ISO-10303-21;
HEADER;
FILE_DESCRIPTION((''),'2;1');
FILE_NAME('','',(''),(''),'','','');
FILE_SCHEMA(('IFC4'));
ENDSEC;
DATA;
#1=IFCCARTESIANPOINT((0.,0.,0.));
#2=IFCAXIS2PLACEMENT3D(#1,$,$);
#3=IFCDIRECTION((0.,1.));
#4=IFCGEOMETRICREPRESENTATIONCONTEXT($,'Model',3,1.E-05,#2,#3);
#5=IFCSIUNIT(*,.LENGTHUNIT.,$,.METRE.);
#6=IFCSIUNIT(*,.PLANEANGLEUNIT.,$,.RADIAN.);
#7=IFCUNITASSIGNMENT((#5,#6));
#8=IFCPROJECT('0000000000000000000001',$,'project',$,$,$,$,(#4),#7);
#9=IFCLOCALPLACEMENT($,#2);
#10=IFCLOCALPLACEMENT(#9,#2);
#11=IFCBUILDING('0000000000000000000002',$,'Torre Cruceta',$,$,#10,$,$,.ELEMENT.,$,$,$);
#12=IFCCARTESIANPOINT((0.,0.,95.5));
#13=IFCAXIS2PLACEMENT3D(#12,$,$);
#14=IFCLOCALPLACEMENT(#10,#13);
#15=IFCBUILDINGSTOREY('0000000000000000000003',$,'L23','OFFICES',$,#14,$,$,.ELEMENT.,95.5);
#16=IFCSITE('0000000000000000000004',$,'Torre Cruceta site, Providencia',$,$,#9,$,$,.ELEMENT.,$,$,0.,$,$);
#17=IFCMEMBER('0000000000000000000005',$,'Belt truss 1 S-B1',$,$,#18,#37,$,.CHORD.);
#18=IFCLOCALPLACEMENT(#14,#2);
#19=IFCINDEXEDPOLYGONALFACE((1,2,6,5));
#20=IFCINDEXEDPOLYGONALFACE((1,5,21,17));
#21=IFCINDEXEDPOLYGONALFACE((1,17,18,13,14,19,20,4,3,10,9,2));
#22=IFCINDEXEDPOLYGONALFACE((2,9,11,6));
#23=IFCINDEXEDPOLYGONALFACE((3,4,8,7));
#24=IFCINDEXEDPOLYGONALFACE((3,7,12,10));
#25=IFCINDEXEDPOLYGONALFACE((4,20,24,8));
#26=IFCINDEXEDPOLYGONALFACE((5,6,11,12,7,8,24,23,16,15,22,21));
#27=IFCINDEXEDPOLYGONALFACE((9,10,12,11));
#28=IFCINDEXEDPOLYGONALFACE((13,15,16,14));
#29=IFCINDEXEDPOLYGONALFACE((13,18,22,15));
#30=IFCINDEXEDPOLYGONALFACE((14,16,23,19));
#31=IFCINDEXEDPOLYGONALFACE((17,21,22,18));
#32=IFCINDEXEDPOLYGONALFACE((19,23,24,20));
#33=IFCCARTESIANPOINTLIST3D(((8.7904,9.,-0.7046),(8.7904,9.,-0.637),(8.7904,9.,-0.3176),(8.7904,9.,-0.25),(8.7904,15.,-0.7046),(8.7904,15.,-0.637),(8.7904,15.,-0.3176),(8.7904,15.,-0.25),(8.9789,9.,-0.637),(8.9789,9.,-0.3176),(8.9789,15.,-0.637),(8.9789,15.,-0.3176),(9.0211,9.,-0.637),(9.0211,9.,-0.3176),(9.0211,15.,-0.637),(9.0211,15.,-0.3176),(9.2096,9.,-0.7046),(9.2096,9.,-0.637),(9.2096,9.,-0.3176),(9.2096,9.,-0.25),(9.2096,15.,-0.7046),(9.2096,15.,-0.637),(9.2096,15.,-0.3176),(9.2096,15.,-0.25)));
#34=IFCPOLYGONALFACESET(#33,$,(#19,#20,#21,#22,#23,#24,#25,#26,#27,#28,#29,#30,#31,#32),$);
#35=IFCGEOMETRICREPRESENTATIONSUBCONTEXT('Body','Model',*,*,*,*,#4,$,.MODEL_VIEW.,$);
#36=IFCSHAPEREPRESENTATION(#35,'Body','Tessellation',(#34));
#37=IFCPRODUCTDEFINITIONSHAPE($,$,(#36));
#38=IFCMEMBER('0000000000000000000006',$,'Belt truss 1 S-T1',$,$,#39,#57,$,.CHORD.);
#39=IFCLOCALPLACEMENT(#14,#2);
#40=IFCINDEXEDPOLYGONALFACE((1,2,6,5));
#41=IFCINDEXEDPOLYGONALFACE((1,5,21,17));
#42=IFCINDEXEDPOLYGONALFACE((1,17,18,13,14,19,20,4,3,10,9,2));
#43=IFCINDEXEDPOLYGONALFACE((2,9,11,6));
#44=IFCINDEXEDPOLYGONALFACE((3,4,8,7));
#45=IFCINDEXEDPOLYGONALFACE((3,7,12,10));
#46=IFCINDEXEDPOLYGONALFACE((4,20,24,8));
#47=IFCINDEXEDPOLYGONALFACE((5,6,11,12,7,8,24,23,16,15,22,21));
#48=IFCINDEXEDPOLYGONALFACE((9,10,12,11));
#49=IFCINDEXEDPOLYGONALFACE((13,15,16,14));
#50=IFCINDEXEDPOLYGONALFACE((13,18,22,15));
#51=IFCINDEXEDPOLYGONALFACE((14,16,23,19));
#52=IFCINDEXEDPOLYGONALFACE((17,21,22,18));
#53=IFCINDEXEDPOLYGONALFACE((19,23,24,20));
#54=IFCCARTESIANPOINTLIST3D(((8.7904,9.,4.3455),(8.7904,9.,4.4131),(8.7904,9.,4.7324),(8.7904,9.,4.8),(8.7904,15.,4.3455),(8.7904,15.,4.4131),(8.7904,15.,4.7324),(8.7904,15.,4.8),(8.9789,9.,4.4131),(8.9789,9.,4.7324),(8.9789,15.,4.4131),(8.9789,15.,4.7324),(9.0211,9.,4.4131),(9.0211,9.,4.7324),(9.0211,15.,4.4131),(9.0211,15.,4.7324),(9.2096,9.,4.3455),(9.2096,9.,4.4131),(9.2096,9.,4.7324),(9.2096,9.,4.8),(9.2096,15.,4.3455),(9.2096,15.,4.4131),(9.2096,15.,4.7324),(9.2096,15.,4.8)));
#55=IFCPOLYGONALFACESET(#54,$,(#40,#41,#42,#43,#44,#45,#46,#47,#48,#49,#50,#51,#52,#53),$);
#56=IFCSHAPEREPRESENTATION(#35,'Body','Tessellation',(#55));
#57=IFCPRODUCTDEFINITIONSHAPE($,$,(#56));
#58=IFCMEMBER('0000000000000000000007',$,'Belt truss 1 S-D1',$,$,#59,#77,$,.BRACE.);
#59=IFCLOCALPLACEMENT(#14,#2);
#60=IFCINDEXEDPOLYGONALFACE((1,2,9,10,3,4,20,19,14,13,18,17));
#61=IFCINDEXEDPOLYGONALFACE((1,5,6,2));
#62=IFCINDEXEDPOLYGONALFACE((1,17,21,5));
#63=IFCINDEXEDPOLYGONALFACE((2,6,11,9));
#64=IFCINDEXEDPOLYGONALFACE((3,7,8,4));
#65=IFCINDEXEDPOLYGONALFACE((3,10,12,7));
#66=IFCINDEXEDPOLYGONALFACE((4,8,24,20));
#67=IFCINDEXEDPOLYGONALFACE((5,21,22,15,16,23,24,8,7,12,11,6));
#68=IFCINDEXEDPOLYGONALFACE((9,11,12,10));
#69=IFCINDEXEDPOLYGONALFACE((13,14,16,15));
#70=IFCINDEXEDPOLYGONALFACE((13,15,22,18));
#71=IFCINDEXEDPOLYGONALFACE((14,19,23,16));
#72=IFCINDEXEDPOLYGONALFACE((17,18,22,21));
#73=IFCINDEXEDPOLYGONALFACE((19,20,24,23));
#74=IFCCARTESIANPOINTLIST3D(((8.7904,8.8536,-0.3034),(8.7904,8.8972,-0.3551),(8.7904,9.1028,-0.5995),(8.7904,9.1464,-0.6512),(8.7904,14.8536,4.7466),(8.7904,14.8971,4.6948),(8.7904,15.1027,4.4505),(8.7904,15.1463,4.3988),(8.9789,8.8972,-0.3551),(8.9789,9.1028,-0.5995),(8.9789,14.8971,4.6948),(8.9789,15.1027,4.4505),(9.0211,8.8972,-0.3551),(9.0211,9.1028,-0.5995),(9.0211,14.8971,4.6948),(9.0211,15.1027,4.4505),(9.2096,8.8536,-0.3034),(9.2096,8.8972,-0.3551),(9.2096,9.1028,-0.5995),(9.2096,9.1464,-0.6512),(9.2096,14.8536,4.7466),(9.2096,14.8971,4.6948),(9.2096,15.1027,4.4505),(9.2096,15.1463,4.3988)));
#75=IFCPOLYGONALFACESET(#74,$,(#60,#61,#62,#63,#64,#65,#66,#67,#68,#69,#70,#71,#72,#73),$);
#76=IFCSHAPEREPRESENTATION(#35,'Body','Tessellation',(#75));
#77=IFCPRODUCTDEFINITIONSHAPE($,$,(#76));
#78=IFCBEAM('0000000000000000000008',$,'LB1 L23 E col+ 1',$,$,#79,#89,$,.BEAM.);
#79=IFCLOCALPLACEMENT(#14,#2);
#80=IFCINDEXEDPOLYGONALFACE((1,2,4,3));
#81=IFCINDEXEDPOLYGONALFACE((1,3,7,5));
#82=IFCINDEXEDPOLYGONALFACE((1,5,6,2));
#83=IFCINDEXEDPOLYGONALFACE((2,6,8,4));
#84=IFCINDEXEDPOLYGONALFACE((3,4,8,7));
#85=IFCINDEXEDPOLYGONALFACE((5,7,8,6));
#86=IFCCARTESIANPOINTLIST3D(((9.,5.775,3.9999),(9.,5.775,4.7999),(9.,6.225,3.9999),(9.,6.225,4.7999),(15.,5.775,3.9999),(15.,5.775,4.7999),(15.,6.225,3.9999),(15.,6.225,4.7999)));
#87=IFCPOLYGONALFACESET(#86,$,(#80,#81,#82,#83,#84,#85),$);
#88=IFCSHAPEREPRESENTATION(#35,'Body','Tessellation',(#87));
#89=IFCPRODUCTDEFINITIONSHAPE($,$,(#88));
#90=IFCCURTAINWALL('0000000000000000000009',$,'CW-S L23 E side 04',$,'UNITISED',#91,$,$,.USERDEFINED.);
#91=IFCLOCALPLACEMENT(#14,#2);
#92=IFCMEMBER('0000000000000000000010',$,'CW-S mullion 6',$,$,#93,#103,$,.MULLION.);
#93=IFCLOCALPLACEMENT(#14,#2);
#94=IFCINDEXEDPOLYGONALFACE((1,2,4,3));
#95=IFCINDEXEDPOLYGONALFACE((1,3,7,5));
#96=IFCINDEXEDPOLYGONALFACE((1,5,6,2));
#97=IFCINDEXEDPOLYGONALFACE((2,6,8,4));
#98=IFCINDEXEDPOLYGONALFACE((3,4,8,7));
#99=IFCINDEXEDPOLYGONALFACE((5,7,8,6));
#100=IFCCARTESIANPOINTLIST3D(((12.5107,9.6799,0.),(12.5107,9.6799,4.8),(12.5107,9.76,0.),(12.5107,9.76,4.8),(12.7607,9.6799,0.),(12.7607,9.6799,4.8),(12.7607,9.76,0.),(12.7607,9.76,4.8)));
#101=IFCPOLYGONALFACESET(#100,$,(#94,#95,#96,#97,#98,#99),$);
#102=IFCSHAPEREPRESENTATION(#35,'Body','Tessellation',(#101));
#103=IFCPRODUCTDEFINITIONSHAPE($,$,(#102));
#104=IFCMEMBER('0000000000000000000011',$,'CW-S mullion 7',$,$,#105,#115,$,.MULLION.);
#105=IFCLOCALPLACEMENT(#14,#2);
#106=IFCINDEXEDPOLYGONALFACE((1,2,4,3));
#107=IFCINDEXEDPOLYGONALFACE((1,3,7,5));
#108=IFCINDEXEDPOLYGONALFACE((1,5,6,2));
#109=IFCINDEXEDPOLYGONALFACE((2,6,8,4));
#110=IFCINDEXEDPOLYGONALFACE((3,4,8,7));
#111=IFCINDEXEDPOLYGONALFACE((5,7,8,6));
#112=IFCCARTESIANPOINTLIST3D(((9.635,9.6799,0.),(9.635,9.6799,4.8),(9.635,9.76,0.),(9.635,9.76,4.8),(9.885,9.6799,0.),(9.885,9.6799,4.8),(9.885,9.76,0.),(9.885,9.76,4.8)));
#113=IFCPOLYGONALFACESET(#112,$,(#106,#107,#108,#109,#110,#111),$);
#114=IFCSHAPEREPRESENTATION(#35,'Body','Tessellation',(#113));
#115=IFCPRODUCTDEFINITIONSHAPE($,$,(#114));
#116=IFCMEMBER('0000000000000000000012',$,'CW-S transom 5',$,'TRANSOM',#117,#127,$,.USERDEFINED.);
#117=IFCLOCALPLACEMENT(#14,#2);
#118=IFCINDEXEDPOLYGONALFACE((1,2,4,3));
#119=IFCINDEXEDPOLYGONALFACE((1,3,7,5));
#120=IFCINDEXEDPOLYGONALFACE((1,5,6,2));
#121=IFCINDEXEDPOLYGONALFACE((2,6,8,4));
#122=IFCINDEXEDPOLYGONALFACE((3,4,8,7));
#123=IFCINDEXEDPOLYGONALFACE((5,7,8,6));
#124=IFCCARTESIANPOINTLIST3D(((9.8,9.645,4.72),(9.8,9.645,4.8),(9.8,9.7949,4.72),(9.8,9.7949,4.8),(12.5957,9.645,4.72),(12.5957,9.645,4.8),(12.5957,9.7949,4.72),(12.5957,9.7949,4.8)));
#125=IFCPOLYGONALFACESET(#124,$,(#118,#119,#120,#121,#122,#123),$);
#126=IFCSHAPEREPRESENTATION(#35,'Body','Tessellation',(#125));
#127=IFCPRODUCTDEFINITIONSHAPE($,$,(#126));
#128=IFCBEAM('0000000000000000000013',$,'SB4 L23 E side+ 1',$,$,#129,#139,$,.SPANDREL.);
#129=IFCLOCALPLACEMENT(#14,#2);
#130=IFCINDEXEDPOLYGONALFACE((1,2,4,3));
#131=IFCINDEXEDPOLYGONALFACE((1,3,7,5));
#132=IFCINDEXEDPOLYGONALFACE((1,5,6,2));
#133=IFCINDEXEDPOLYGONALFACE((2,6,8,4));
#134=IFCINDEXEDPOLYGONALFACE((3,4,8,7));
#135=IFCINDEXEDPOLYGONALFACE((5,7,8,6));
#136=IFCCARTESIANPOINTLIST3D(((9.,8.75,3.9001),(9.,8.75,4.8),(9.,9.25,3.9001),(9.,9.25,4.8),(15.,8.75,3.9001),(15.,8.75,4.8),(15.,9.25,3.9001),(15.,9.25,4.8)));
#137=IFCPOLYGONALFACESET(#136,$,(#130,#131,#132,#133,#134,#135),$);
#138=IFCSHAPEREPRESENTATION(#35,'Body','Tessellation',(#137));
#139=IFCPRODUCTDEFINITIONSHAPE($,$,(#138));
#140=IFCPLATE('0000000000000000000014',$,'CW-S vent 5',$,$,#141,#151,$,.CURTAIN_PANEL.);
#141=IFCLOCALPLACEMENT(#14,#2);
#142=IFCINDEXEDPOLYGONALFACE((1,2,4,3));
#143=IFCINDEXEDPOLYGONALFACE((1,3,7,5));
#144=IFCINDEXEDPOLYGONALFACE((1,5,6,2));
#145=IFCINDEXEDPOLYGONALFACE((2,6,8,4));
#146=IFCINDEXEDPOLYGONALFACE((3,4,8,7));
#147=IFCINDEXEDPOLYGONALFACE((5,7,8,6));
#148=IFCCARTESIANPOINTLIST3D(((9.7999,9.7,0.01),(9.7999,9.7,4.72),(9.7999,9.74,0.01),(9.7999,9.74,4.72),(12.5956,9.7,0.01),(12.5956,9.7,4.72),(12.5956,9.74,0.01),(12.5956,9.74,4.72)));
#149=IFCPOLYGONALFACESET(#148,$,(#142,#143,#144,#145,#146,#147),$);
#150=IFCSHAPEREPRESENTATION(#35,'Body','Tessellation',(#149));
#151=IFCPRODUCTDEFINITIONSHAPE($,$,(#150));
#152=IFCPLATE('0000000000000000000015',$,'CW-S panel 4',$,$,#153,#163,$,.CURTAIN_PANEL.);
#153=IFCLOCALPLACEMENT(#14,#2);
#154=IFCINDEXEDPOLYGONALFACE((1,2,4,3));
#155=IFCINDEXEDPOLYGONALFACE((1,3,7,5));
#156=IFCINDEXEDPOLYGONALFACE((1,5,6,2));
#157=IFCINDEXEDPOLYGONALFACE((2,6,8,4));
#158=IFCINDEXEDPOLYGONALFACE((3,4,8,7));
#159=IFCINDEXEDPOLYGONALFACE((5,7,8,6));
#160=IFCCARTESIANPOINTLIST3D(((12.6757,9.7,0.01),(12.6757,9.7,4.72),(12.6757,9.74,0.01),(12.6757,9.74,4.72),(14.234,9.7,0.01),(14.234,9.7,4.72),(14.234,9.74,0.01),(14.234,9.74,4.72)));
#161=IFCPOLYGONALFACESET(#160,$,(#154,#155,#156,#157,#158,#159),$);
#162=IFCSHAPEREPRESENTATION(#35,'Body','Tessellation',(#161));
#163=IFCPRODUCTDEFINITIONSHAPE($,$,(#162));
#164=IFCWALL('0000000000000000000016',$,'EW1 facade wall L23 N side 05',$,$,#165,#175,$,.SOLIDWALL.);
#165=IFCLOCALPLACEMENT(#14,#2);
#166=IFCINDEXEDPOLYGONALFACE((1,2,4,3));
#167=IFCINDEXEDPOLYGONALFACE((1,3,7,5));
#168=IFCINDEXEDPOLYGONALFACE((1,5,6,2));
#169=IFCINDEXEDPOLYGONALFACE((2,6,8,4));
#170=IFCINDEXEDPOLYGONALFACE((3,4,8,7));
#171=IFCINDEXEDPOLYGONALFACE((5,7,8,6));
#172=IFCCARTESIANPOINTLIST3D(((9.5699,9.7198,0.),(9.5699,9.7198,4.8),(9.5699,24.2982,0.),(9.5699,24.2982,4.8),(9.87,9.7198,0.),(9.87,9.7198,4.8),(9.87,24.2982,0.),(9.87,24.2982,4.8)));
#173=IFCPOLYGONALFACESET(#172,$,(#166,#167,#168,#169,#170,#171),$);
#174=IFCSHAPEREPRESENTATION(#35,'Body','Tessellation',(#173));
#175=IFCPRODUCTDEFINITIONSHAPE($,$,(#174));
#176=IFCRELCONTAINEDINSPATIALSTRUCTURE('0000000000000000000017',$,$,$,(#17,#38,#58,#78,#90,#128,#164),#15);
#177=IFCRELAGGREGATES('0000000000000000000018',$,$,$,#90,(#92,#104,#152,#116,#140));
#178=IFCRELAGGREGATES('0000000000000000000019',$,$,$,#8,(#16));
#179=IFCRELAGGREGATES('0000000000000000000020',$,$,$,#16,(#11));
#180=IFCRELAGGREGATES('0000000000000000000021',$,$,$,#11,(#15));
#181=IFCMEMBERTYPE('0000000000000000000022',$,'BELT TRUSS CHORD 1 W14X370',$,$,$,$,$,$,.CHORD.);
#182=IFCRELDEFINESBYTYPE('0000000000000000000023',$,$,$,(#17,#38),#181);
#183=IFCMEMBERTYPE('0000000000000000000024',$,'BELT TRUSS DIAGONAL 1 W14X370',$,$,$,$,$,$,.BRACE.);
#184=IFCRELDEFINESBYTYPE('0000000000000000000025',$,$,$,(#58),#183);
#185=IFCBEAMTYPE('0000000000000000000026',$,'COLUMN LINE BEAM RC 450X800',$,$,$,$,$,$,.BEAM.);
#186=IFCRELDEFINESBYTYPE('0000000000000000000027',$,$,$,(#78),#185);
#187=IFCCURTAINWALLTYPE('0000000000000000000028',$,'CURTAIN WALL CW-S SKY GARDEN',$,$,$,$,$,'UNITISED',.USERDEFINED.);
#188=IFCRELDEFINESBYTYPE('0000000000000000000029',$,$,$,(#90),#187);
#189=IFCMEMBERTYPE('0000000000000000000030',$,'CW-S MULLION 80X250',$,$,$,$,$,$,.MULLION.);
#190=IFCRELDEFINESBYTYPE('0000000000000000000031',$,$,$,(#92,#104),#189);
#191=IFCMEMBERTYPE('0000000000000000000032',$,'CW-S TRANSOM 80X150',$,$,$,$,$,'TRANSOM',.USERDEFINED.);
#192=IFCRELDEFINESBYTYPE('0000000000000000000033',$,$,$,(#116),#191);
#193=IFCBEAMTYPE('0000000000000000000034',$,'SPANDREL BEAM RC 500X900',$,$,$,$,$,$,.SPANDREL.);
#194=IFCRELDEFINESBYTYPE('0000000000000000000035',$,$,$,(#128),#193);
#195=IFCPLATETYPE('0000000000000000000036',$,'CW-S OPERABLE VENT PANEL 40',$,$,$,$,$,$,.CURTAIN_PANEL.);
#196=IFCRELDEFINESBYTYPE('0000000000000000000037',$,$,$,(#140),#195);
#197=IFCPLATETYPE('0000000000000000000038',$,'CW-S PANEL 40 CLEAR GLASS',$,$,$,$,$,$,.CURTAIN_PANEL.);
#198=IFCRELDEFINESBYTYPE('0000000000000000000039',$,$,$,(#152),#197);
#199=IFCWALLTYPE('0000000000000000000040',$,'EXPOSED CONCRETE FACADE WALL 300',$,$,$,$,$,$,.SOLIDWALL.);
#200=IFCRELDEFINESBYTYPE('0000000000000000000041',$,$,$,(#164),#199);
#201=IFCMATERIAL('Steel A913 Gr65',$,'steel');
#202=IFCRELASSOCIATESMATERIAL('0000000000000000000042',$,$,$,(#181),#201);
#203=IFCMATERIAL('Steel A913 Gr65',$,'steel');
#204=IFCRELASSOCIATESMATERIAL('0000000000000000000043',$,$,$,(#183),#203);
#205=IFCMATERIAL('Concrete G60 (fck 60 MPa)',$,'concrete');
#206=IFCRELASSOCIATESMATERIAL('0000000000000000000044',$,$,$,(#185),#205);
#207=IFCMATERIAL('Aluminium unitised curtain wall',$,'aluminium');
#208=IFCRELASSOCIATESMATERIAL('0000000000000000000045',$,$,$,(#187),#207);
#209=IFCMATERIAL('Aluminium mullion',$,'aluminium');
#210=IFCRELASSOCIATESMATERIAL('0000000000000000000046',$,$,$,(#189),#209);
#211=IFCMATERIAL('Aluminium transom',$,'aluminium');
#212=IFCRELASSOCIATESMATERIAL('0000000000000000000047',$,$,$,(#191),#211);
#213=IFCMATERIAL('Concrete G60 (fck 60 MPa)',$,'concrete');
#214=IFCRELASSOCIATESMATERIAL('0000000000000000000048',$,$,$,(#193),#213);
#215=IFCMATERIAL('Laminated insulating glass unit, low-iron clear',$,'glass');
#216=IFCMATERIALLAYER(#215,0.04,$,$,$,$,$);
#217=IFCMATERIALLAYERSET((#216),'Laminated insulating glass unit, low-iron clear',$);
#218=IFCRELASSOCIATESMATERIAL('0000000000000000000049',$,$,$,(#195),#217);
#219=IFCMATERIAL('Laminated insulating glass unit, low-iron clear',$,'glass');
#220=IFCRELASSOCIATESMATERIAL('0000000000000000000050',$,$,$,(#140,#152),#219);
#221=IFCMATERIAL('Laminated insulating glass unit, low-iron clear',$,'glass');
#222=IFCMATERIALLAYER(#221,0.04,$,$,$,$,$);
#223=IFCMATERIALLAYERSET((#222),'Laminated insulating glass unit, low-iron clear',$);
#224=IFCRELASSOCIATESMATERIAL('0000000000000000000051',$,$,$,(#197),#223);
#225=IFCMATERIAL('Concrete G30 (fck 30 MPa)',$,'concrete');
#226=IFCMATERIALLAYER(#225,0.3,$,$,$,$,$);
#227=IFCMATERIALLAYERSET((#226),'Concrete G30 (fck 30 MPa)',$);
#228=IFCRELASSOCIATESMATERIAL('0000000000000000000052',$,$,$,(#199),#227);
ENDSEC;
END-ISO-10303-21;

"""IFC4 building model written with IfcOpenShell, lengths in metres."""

from ifc_helpers import new_model, si_unit, direction, frame, frame_2d, origin, origin_2d, place, context, subcontext, project, spatial, rectangle, i_section, extrude, material, layer, layer_set, material_profile, profile_set, type_object, element, aggregate, save


model = new_model("IFC4")

# Units and contexts
model_context = context("Model", 3, precision=1e-05, world=origin(), true_north=direction((0.0, 1.0)))
body_context = subcontext(model_context, "Body", "Model", "MODEL_VIEW")
ifc_project = project(units=[si_unit("LENGTHUNIT", "METRE"), si_unit("PLANEANGLEUNIT", "RADIAN")], contexts=[model_context])

# Site, building, storey
site_placement = place(None, origin())
site = spatial("IfcSite", under=ifc_project, at=site_placement, Name="Torre Cruceta site, Providencia", CompositionType="ELEMENT", RefElevation=0.0)
building_placement = place(site_placement, origin())
building = spatial("IfcBuilding", under=site, at=building_placement, Name="Torre Cruceta", CompositionType="ELEMENT")
storey_placement = place(building_placement, frame((0.0, 0.0, 95.5)))
storey = spatial("IfcBuildingStorey", under=building, at=storey_placement, Name="L23", Description="OFFICES", CompositionType="ELEMENT", Elevation=95.5)

# Members
ifc_material_1 = material(Name="Steel A913 Gr65", Category="steel")
ifc_material_profile_1 = material_profile(ifc_material_1, i_section(OverallWidth=0.4192, OverallDepth=0.4546, WebThickness=0.0422, FlangeThickness=0.0676, at=origin_2d()), Name="W14X370")
ifc_profile_set_1 = profile_set([ifc_material_profile_1], Name="Steel A913 Gr65")
member_type_1 = type_object("IfcMemberType", Name="BELT TRUSS CHORD 1 W14X370", PredefinedType="CHORD", material=ifc_profile_set_1)
for number, where, z_axis, x_axis, name in (
    (1, (9.0, 9.0, -0.4773), (0.0, 1.0, 0.0), (-1.0, 0.0, 0.0), "Belt truss 1 S-B1"),
    (2, (9.0, 9.0, 4.5728), (0.0, 1.0, 0.0), (-1.0, 0.0, 0.0), "Belt truss 1 S-T1"),
):
    element("IfcMember", number, at=place(storey_placement, frame(where, z_axis=z_axis, x_axis=x_axis)), inside=storey, type_object=member_type_1, Name=name, PredefinedType="CHORD", context=body_context, shape_type="SweptSolid", body=[
        extrude(i_section(OverallWidth=0.4192, OverallDepth=0.4546, WebThickness=0.0422, FlangeThickness=0.0676, at=origin_2d()), origin(), (0.0, 0.0, 1.0), 6.0),
    ])
ifc_material_2 = material(Name="Steel A913 Gr65", Category="steel")
ifc_material_profile_2 = material_profile(ifc_material_2, i_section(OverallWidth=0.4192, OverallDepth=0.4546, WebThickness=0.0422, FlangeThickness=0.0676, at=origin_2d()), Name="W14X370")
ifc_profile_set_2 = profile_set([ifc_material_profile_2], Name="Steel A913 Gr65")
member_type_2 = type_object("IfcMemberType", Name="BELT TRUSS DIAGONAL 1 W14X370", PredefinedType="BRACE", material=ifc_profile_set_2)
member_1_placement = place(storey_placement, frame((9.0, 9.0, -0.4773), z_axis=(0.0, 0.765073, 0.643943), x_axis=(-1.0, 0.0, 0.0)))
element("IfcMember", 3, at=member_1_placement, inside=storey, type_object=member_type_2, Name="Belt truss 1 S-D1", PredefinedType="BRACE", context=body_context, shape_type="SweptSolid", body=[
    extrude(i_section(OverallWidth=0.4192, OverallDepth=0.4546, WebThickness=0.0422, FlangeThickness=0.0676, at=origin_2d()), origin(), (0.0, 0.0, 1.0), 7.8423),
])

# Beam
ifc_material_3 = material(Name="Concrete G60 (fck 60 MPa)", Category="concrete")
ifc_material_profile_3 = material_profile(ifc_material_3, rectangle(XDim=0.45, YDim=0.8, at=origin_2d()), Name="RC 450X800")
ifc_profile_set_3 = profile_set([ifc_material_profile_3], Name="Concrete G60 (fck 60 MPa)")
beam_type_1 = type_object("IfcBeamType", Name="COLUMN LINE BEAM RC 450X800", PredefinedType="BEAM", material=ifc_profile_set_3)
beam_1_placement = place(storey_placement, frame((9.0, 6.0, 4.3999), z_axis=(1.0, 0.0, 0.0), x_axis=(0.0, 1.0, 0.0)))
element("IfcBeam", 4, at=beam_1_placement, inside=storey, type_object=beam_type_1, Name="LB1 L23 E col+ 1", PredefinedType="BEAM", context=body_context, shape_type="SweptSolid", body=[
    extrude(rectangle(XDim=0.45, YDim=0.8, at=origin_2d()), origin(), (0.0, 0.0, 1.0), 6.0),
])

# Curtain wall, members
ifc_material_4 = material(Name="Aluminium unitised curtain wall", Category="aluminium")
curtain_wall_type = type_object("IfcCurtainWallType", Name="CURTAIN WALL CW-S SKY GARDEN", ElementType="UNITISED", PredefinedType="USERDEFINED", material=ifc_material_4)
curtain_wall_placement = place(storey_placement, origin())
curtain_wall = element("IfcCurtainWall", 5, at=curtain_wall_placement, inside=storey, type_object=curtain_wall_type, Name="CW-S L23 E side 04", ObjectType="UNITISED", PredefinedType="USERDEFINED")
ifc_material_5 = material(Name="Aluminium mullion", Category="aluminium")
ifc_material_profile_4 = material_profile(ifc_material_5, rectangle(XDim=0.0801, YDim=0.25, at=origin_2d()), Name="AL 80X250")
ifc_profile_set_4 = profile_set([ifc_material_profile_4], Name="Aluminium mullion")
member_type_3 = type_object("IfcMemberType", Name="CW-S MULLION 80X250", PredefinedType="MULLION", material=ifc_profile_set_4)
member_2_placement = place(storey_placement, frame((12.6357, 9.72, 0.0), z_axis=(0.0, 0.0, 1.0), x_axis=(0.0, -1.0, 0.0)))
member_2 = element("IfcMember", 6, at=member_2_placement, type_object=member_type_3, Name="CW-S mullion 6", PredefinedType="MULLION", context=body_context, shape_type="SweptSolid", body=[
    extrude(rectangle(XDim=0.0801, YDim=0.25, at=origin_2d()), origin(), (0.0, 0.0, 1.0), 4.8),
])
member_3_placement = place(storey_placement, frame((9.76, 9.72, 0.0), z_axis=(0.0, 0.0, 1.0), x_axis=(0.0, -1.0, 0.0)))
member_3 = element("IfcMember", 7, at=member_3_placement, type_object=member_type_3, Name="CW-S mullion 7", PredefinedType="MULLION", context=body_context, shape_type="SweptSolid", body=[
    extrude(rectangle(XDim=0.0801, YDim=0.25, at=origin_2d()), origin(), (0.0, 0.0, 1.0), 4.8),
])
ifc_material_6 = material(Name="Aluminium transom", Category="aluminium")
ifc_material_profile_5 = material_profile(ifc_material_6, rectangle(XDim=0.1499, YDim=0.0801, at=origin_2d()), Name="AL 150X80")
ifc_profile_set_5 = profile_set([ifc_material_profile_5], Name="Aluminium transom")
member_type_4 = type_object("IfcMemberType", Name="CW-S TRANSOM 80X150", ElementType="TRANSOM", PredefinedType="USERDEFINED", material=ifc_profile_set_5)
member_4_placement = place(storey_placement, frame((12.5957, 9.72, 4.76), z_axis=(-1.0, 0.0, 0.0), x_axis=(0.0, -1.0, 0.0)))
member_4 = element("IfcMember", 8, at=member_4_placement, type_object=member_type_4, Name="CW-S transom 5", ObjectType="TRANSOM", PredefinedType="USERDEFINED", context=body_context, shape_type="SweptSolid", body=[
    extrude(rectangle(XDim=0.1499, YDim=0.0801, at=origin_2d()), origin(), (0.0, 0.0, 1.0), 2.7957),
])

# Beam
ifc_material_7 = material(Name="Concrete G60 (fck 60 MPa)", Category="concrete")
ifc_material_profile_6 = material_profile(ifc_material_7, rectangle(XDim=0.5, YDim=0.8999, at=origin_2d()), Name="RC 500X900")
ifc_profile_set_6 = profile_set([ifc_material_profile_6], Name="Concrete G60 (fck 60 MPa)")
beam_type_2 = type_object("IfcBeamType", Name="SPANDREL BEAM RC 500X900", PredefinedType="SPANDREL", material=ifc_profile_set_6)
beam_2_placement = place(storey_placement, frame((9.0, 9.0, 4.3501), z_axis=(1.0, 0.0, 0.0), x_axis=(0.0, 1.0, 0.0)))
element("IfcBeam", 9, at=beam_2_placement, inside=storey, type_object=beam_type_2, Name="SB4 L23 E side+ 1", PredefinedType="SPANDREL", context=body_context, shape_type="SweptSolid", body=[
    extrude(rectangle(XDim=0.5, YDim=0.8999, at=origin_2d()), origin(), (0.0, 0.0, 1.0), 6.0),
])

# Plates
ifc_material_8 = material(Name="Laminated insulating glass unit, low-iron clear", Category="glass")
ifc_material_9 = material(Name="Laminated insulating glass unit, low-iron clear", Category="glass")
ifc_layer_1 = layer(ifc_material_9, 0.04)
ifc_layer_set_1 = layer_set([ifc_layer_1], Name="Laminated insulating glass unit, low-iron clear")
plate_type_1 = type_object("IfcPlateType", Name="CW-S OPERABLE VENT PANEL 40", PredefinedType="CURTAIN_PANEL", material=ifc_layer_set_1)
plate_1_placement = place(storey_placement, frame((11.1978, 9.72, 0.01), z_axis=(0.0, 0.0, 1.0), x_axis=(-1.0, 0.0, 0.0)))
plate_1 = element("IfcPlate", 10, at=plate_1_placement, type_object=plate_type_1, material=ifc_material_8, Name="CW-S vent 5", PredefinedType="CURTAIN_PANEL", context=body_context, shape_type="SweptSolid", body=[
    extrude(rectangle(XDim=2.7957, YDim=0.04, at=origin_2d()), origin(), (0.0, 0.0, 1.0), 4.71),
])
ifc_material_10 = material(Name="Laminated insulating glass unit, low-iron clear", Category="glass")
ifc_layer_2 = layer(ifc_material_10, 0.04)
ifc_layer_set_2 = layer_set([ifc_layer_2], Name="Laminated insulating glass unit, low-iron clear")
plate_type_2 = type_object("IfcPlateType", Name="CW-S PANEL 40 CLEAR GLASS", PredefinedType="CURTAIN_PANEL", material=ifc_layer_set_2)
plate_2_placement = place(storey_placement, frame((13.4548, 9.72, 0.01), z_axis=(0.0, 0.0, 1.0), x_axis=(-1.0, 0.0, 0.0)))
plate_2 = element("IfcPlate", 11, at=plate_2_placement, type_object=plate_type_2, material=ifc_material_8, Name="CW-S panel 4", PredefinedType="CURTAIN_PANEL", context=body_context, shape_type="SweptSolid", body=[
    extrude(rectangle(XDim=1.5583, YDim=0.04, at=origin_2d()), origin(), (0.0, 0.0, 1.0), 4.71),
])
aggregate(curtain_wall, [member_2, member_3, plate_2, member_4, plate_1])

# Wall
ifc_material_11 = material(Name="Concrete G30 (fck 30 MPa)", Category="concrete")
ifc_layer_3 = layer(ifc_material_11, 0.3)
ifc_layer_set_3 = layer_set([ifc_layer_3], Name="Concrete G30 (fck 30 MPa)")
wall_type_1 = type_object("IfcWallType", Name="EXPOSED CONCRETE FACADE WALL 300", PredefinedType="SOLIDWALL", material=ifc_layer_set_3)
wall_1_placement = place(storey_placement, frame((9.72, 9.72, 0.0), z_axis=(0.0, 0.0, 1.0), x_axis=(0.0, 1.0, 0.0)))
element("IfcWall", 12, at=wall_1_placement, inside=storey, type_object=wall_type_1, Name="EW1 facade wall L23 N side 05", PredefinedType="SOLIDWALL", context=body_context, shape_type="SweptSolid", body=[
    extrude(rectangle(XDim=14.5784, YDim=0.3, at=frame_2d((7.2891, 0.0))), origin(), (0.0, 0.0, 1.0), 4.8),
])

save(model, "model.ifc")
